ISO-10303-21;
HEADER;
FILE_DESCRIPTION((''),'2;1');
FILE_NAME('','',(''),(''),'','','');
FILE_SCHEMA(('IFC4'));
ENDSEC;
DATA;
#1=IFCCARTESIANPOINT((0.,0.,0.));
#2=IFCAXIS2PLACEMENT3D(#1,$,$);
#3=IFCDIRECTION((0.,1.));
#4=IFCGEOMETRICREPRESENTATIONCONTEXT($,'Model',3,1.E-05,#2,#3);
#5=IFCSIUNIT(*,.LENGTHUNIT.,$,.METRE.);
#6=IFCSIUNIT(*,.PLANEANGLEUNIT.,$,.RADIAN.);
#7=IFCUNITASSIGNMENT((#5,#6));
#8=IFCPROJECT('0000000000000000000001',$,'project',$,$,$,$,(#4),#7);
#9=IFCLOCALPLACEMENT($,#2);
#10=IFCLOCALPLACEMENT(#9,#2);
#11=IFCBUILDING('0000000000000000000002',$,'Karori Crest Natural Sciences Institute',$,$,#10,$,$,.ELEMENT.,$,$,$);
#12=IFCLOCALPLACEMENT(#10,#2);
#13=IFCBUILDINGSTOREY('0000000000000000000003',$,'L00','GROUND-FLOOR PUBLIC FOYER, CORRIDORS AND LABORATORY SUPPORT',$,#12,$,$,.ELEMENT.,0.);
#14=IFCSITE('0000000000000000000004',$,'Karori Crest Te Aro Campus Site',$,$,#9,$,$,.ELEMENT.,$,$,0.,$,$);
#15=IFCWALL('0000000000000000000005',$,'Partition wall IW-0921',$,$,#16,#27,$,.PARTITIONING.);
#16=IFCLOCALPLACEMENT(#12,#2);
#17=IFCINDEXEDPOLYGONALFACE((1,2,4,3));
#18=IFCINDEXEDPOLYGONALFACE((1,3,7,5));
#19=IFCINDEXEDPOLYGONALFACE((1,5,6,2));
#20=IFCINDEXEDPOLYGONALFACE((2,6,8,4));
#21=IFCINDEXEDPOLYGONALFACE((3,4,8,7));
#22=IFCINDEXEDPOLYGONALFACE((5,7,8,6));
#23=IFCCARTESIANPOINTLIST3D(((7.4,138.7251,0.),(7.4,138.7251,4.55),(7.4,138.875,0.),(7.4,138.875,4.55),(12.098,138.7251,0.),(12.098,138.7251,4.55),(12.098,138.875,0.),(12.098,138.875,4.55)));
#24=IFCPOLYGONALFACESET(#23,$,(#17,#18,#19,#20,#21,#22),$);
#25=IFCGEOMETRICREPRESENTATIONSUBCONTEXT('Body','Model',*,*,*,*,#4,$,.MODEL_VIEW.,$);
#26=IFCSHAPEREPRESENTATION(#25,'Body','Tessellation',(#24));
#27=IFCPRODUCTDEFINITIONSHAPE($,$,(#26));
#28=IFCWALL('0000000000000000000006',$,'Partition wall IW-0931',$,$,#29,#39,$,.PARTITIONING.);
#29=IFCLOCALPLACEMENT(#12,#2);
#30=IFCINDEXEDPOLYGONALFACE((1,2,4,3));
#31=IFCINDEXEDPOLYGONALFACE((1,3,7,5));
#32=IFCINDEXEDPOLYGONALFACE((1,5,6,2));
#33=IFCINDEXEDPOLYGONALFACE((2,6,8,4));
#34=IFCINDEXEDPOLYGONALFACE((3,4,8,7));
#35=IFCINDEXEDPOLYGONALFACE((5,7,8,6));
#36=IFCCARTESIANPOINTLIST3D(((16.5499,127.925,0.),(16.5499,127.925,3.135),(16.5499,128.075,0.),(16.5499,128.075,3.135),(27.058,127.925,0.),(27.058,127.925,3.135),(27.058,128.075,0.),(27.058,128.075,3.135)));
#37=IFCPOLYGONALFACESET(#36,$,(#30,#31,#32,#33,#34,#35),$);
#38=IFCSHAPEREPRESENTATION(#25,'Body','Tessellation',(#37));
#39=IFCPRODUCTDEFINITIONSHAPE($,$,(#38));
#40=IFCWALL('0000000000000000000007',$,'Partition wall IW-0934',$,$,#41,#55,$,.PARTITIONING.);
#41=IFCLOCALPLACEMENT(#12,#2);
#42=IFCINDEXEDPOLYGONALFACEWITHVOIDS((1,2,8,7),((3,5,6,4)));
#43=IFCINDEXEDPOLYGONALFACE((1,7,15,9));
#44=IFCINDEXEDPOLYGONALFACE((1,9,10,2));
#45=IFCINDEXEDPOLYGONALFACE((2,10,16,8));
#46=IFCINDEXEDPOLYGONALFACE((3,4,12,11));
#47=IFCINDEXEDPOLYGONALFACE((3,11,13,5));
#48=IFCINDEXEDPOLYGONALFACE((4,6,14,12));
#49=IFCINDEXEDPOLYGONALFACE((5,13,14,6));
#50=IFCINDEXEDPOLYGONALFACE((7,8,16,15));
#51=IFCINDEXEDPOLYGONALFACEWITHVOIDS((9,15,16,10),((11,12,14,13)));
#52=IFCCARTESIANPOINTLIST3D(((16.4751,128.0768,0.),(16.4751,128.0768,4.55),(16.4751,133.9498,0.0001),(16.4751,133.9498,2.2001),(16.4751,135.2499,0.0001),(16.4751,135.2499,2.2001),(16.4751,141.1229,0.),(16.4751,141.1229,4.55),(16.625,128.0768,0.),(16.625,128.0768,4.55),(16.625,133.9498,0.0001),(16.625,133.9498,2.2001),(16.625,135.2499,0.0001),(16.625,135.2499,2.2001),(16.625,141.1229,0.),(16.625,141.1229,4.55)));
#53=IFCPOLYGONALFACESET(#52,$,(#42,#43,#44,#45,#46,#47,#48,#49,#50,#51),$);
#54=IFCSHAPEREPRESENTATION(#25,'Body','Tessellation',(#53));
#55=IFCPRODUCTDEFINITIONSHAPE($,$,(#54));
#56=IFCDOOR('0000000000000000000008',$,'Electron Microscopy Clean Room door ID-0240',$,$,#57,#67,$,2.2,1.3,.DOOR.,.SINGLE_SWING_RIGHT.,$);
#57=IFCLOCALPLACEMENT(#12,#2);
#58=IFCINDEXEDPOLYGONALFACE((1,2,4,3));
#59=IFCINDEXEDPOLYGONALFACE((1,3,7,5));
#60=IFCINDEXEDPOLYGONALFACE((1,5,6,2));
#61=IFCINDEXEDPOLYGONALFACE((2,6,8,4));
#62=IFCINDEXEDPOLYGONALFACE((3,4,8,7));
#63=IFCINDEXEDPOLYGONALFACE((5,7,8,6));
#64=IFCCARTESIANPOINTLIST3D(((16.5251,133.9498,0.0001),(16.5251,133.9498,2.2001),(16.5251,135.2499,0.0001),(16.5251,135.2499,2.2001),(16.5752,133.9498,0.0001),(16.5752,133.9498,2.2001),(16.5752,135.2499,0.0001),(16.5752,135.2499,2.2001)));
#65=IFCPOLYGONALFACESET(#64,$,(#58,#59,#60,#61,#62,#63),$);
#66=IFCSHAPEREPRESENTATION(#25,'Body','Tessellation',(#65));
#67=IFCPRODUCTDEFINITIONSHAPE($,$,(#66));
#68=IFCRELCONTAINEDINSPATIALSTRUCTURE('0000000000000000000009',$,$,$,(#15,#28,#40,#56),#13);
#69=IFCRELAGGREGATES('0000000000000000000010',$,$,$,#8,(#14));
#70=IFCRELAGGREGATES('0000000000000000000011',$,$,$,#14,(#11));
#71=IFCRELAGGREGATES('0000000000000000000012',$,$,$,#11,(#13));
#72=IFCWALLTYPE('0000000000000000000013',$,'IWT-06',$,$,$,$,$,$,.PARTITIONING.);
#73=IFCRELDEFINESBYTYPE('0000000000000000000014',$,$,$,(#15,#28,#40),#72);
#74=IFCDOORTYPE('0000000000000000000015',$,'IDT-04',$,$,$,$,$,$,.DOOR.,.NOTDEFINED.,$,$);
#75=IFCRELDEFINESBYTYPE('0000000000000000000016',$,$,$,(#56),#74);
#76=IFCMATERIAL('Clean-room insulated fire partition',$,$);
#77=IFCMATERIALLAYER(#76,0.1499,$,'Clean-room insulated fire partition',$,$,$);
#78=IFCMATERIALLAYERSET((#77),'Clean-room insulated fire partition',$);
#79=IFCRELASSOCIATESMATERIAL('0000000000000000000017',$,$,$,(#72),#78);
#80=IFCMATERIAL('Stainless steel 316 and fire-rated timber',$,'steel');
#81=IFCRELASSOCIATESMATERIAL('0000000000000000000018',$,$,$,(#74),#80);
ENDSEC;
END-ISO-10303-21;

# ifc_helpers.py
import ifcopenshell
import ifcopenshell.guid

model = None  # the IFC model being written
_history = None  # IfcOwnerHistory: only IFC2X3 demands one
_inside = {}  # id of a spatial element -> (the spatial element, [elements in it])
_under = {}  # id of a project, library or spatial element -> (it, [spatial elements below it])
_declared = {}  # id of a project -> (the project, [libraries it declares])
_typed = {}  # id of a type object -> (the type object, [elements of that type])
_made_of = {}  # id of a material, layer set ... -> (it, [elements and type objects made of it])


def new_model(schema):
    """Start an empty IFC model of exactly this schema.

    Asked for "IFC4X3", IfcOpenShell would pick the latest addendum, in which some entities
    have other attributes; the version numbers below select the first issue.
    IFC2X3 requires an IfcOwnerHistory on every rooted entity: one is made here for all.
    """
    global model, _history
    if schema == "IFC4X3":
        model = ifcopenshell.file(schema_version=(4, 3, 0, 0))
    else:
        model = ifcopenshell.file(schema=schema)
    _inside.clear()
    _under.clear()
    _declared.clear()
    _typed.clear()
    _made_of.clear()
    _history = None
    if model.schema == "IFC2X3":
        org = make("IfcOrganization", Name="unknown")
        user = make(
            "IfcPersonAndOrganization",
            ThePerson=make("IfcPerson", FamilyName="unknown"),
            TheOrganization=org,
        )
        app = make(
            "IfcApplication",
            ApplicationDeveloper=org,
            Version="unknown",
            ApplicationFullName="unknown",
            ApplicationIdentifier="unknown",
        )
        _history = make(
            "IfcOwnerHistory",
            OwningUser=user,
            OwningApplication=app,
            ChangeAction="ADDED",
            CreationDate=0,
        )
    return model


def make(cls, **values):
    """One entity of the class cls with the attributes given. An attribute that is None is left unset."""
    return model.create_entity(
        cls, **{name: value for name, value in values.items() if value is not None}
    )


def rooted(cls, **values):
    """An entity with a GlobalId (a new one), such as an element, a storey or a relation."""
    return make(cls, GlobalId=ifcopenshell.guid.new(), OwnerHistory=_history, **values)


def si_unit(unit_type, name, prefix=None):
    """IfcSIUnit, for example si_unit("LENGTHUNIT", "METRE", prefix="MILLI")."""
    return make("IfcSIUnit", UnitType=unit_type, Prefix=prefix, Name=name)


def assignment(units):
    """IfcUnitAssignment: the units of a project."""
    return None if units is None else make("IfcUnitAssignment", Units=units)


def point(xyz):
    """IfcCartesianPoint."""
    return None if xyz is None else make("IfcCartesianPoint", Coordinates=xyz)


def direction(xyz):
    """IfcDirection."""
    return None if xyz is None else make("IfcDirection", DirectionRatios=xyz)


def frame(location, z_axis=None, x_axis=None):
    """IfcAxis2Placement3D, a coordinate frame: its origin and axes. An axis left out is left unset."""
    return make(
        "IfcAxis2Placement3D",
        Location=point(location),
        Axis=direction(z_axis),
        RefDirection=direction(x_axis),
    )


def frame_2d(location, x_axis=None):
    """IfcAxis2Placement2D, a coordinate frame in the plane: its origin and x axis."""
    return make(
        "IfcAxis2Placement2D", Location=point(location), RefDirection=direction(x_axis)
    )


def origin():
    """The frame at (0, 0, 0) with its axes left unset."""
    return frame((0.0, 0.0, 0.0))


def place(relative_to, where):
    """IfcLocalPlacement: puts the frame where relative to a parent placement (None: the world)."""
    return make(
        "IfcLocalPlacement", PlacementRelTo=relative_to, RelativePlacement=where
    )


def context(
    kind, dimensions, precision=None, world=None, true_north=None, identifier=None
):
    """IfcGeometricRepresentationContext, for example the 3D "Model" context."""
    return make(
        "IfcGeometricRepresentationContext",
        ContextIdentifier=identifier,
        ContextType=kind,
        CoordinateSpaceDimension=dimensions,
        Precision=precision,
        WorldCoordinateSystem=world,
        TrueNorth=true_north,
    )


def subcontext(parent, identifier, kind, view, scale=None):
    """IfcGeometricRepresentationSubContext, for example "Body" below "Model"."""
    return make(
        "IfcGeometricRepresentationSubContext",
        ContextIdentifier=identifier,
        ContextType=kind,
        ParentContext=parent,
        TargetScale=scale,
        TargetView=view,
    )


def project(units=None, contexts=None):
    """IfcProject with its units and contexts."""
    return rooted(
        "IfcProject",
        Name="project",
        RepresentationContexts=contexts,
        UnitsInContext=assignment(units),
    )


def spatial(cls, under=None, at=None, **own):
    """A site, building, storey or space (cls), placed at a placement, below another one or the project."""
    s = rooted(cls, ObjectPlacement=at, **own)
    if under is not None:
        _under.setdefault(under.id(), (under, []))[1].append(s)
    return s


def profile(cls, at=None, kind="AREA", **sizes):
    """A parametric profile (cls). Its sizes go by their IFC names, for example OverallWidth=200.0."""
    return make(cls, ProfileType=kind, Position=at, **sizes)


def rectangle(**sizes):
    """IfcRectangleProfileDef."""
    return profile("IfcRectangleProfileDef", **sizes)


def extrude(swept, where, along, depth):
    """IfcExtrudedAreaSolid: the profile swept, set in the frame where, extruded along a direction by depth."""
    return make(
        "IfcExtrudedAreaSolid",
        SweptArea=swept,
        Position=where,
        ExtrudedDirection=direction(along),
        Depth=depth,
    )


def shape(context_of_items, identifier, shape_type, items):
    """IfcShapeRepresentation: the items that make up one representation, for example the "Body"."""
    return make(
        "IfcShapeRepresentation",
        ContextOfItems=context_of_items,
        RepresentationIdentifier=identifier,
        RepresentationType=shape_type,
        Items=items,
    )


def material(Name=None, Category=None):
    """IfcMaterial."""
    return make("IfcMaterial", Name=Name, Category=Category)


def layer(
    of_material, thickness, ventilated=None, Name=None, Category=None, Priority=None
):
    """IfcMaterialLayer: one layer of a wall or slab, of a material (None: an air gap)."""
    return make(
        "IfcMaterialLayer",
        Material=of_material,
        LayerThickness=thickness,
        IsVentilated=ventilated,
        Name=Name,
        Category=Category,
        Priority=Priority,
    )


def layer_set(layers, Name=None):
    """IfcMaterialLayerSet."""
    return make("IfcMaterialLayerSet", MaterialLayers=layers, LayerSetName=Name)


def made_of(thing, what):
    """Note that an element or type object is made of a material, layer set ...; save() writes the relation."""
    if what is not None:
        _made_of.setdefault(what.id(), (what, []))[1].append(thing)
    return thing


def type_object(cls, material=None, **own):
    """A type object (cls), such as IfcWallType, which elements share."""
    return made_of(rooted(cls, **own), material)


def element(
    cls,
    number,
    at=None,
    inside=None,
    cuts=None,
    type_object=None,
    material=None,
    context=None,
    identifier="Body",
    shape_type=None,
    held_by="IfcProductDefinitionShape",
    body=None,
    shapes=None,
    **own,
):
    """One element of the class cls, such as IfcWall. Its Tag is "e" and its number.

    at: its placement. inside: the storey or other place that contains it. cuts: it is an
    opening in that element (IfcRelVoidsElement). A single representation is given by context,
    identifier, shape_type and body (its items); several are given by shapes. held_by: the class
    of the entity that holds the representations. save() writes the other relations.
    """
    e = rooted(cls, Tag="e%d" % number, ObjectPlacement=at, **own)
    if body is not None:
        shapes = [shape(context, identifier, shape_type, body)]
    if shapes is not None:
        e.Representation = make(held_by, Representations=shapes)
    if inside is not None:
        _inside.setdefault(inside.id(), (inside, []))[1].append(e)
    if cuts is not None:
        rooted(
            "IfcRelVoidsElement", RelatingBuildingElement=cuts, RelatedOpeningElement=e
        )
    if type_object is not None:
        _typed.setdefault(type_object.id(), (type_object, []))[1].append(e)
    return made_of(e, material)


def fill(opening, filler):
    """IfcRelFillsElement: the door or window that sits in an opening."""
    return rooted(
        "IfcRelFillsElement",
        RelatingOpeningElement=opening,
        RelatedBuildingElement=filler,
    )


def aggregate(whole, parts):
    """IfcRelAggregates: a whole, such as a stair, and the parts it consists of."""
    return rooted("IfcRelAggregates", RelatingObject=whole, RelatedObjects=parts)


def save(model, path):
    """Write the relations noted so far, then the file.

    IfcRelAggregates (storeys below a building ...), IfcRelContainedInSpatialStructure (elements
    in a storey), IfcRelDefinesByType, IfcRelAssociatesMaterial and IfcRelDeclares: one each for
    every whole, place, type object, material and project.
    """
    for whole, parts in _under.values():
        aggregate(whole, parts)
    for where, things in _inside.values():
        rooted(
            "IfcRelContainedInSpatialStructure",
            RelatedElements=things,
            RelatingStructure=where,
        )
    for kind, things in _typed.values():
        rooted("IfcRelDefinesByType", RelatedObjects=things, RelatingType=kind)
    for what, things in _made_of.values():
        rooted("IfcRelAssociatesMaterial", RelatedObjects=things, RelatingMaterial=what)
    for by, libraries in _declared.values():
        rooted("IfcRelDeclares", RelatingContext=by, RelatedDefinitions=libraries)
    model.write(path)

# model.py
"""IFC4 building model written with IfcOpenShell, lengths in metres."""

from ifc_helpers import new_model, si_unit, direction, frame, frame_2d, origin, place, context, subcontext, project, spatial, rectangle, extrude, material, layer, layer_set, type_object, element, fill, save


model = new_model("IFC4")

# Units and contexts
model_context = context("Model", 3, precision=1e-05, world=origin(), true_north=direction((0.0, 1.0)))
body_context = subcontext(model_context, "Body", "Model", "MODEL_VIEW")
ifc_project = project(units=[si_unit("LENGTHUNIT", "METRE"), si_unit("PLANEANGLEUNIT", "RADIAN")], contexts=[model_context])

# Site, building, storey
site_placement = place(None, origin())
site = spatial("IfcSite", under=ifc_project, at=site_placement, Name="Karori Crest Te Aro Campus Site", CompositionType="ELEMENT", RefElevation=0.0)
building_placement = place(site_placement, origin())
building = spatial("IfcBuilding", under=site, at=building_placement, Name="Karori Crest Natural Sciences Institute", CompositionType="ELEMENT")
storey_placement = place(building_placement, origin())
storey = spatial("IfcBuildingStorey", under=building, at=storey_placement, Name="L00", Description="GROUND-FLOOR PUBLIC FOYER, CORRIDORS AND LABORATORY SUPPORT", CompositionType="ELEMENT", Elevation=0.0)

# Walls
ifc_material_1 = material(Name="Clean-room insulated fire partition")
ifc_layer_1 = layer(ifc_material_1, 0.1499, Name="Clean-room insulated fire partition")
ifc_layer_set_1 = layer_set([ifc_layer_1], Name="Clean-room insulated fire partition")
wall_type_1 = type_object("IfcWallType", Name="IWT-06", PredefinedType="PARTITIONING", material=ifc_layer_set_1)
wall_1_placement = place(storey_placement, frame((7.3999, 138.8, 0.0), z_axis=(0.0, 0.0, 1.0), x_axis=(1.0, 0.0, 0.0)))
element("IfcWall", 1, at=wall_1_placement, inside=storey, type_object=wall_type_1, Name="Partition wall IW-0921", PredefinedType="PARTITIONING", context=body_context, shape_type="SweptSolid", body=[
    extrude(rectangle(XDim=4.698, YDim=0.1499, at=frame_2d((2.3491, 0.0))), origin(), (0.0, 0.0, 1.0), 4.55),
])
wall_2_placement = place(storey_placement, frame((16.55, 128.0, 0.0), z_axis=(0.0, 0.0, 1.0), x_axis=(1.0, 0.0, 0.0)))
element("IfcWall", 2, at=wall_2_placement, inside=storey, type_object=wall_type_1, Name="Partition wall IW-0931", PredefinedType="PARTITIONING", context=body_context, shape_type="SweptSolid", body=[
    extrude(rectangle(XDim=10.5081, YDim=0.1499, at=frame_2d((5.2539, 0.0))), origin(), (0.0, 0.0, 1.0), 3.135),
])

# Wall, opening, door
wall_3_placement = place(storey_placement, frame((16.55, 128.0769, 0.0), z_axis=(0.0, 0.0, 1.0), x_axis=(0.0, 1.0, 0.0)))
wall_3 = element("IfcWall", 3, at=wall_3_placement, inside=storey, type_object=wall_type_1, Name="Partition wall IW-0934", PredefinedType="PARTITIONING", context=body_context, shape_type="SweptSolid", body=[
    extrude(rectangle(XDim=13.0461, YDim=0.1499, at=frame_2d((6.5229, 0.0))), origin(), (0.0, 0.0, 1.0), 4.55),
])
opening_placement = place(wall_3_placement, frame((5.873, 0.0, 0.0)))
opening = element("IfcOpeningElement", 4, at=opening_placement, cuts=wall_3, PredefinedType="OPENING", context=body_context, shape_type="SweptSolid", body=[
    extrude(rectangle(XDim=1.3, YDim=2.2, at=frame_2d((0.6499, 1.1001))), frame((0.0, 0.085, 0.0), z_axis=(0.0, -1.0, 0.0), x_axis=(1.0, 0.0, 0.0)), (0.0, 0.0, 1.0), 0.1699),
])
ifc_material_2 = material(Name="Stainless steel 316 and fire-rated timber", Category="steel")
door_type = type_object("IfcDoorType", Name="IDT-04", OperationType="NOTDEFINED", PredefinedType="DOOR", material=ifc_material_2)
door_placement = place(opening_placement, origin())
door = element("IfcDoor", 5, at=door_placement, inside=storey, type_object=door_type, Name="Electron Microscopy Clean Room door ID-0240", OperationType="SINGLE_SWING_RIGHT", OverallHeight=2.2, OverallWidth=1.3, PredefinedType="DOOR", context=body_context, shape_type="SweptSolid", body=[
    extrude(rectangle(XDim=1.3, YDim=2.2, at=frame_2d((0.6499, 1.1001))), frame((0.0, 0.0249, 0.0), z_axis=(0.0, -1.0, 0.0), x_axis=(1.0, 0.0, 0.0)), (0.0, 0.0, 1.0), 0.05),
])
fill(opening, door)

save(model, "model.ifc")
